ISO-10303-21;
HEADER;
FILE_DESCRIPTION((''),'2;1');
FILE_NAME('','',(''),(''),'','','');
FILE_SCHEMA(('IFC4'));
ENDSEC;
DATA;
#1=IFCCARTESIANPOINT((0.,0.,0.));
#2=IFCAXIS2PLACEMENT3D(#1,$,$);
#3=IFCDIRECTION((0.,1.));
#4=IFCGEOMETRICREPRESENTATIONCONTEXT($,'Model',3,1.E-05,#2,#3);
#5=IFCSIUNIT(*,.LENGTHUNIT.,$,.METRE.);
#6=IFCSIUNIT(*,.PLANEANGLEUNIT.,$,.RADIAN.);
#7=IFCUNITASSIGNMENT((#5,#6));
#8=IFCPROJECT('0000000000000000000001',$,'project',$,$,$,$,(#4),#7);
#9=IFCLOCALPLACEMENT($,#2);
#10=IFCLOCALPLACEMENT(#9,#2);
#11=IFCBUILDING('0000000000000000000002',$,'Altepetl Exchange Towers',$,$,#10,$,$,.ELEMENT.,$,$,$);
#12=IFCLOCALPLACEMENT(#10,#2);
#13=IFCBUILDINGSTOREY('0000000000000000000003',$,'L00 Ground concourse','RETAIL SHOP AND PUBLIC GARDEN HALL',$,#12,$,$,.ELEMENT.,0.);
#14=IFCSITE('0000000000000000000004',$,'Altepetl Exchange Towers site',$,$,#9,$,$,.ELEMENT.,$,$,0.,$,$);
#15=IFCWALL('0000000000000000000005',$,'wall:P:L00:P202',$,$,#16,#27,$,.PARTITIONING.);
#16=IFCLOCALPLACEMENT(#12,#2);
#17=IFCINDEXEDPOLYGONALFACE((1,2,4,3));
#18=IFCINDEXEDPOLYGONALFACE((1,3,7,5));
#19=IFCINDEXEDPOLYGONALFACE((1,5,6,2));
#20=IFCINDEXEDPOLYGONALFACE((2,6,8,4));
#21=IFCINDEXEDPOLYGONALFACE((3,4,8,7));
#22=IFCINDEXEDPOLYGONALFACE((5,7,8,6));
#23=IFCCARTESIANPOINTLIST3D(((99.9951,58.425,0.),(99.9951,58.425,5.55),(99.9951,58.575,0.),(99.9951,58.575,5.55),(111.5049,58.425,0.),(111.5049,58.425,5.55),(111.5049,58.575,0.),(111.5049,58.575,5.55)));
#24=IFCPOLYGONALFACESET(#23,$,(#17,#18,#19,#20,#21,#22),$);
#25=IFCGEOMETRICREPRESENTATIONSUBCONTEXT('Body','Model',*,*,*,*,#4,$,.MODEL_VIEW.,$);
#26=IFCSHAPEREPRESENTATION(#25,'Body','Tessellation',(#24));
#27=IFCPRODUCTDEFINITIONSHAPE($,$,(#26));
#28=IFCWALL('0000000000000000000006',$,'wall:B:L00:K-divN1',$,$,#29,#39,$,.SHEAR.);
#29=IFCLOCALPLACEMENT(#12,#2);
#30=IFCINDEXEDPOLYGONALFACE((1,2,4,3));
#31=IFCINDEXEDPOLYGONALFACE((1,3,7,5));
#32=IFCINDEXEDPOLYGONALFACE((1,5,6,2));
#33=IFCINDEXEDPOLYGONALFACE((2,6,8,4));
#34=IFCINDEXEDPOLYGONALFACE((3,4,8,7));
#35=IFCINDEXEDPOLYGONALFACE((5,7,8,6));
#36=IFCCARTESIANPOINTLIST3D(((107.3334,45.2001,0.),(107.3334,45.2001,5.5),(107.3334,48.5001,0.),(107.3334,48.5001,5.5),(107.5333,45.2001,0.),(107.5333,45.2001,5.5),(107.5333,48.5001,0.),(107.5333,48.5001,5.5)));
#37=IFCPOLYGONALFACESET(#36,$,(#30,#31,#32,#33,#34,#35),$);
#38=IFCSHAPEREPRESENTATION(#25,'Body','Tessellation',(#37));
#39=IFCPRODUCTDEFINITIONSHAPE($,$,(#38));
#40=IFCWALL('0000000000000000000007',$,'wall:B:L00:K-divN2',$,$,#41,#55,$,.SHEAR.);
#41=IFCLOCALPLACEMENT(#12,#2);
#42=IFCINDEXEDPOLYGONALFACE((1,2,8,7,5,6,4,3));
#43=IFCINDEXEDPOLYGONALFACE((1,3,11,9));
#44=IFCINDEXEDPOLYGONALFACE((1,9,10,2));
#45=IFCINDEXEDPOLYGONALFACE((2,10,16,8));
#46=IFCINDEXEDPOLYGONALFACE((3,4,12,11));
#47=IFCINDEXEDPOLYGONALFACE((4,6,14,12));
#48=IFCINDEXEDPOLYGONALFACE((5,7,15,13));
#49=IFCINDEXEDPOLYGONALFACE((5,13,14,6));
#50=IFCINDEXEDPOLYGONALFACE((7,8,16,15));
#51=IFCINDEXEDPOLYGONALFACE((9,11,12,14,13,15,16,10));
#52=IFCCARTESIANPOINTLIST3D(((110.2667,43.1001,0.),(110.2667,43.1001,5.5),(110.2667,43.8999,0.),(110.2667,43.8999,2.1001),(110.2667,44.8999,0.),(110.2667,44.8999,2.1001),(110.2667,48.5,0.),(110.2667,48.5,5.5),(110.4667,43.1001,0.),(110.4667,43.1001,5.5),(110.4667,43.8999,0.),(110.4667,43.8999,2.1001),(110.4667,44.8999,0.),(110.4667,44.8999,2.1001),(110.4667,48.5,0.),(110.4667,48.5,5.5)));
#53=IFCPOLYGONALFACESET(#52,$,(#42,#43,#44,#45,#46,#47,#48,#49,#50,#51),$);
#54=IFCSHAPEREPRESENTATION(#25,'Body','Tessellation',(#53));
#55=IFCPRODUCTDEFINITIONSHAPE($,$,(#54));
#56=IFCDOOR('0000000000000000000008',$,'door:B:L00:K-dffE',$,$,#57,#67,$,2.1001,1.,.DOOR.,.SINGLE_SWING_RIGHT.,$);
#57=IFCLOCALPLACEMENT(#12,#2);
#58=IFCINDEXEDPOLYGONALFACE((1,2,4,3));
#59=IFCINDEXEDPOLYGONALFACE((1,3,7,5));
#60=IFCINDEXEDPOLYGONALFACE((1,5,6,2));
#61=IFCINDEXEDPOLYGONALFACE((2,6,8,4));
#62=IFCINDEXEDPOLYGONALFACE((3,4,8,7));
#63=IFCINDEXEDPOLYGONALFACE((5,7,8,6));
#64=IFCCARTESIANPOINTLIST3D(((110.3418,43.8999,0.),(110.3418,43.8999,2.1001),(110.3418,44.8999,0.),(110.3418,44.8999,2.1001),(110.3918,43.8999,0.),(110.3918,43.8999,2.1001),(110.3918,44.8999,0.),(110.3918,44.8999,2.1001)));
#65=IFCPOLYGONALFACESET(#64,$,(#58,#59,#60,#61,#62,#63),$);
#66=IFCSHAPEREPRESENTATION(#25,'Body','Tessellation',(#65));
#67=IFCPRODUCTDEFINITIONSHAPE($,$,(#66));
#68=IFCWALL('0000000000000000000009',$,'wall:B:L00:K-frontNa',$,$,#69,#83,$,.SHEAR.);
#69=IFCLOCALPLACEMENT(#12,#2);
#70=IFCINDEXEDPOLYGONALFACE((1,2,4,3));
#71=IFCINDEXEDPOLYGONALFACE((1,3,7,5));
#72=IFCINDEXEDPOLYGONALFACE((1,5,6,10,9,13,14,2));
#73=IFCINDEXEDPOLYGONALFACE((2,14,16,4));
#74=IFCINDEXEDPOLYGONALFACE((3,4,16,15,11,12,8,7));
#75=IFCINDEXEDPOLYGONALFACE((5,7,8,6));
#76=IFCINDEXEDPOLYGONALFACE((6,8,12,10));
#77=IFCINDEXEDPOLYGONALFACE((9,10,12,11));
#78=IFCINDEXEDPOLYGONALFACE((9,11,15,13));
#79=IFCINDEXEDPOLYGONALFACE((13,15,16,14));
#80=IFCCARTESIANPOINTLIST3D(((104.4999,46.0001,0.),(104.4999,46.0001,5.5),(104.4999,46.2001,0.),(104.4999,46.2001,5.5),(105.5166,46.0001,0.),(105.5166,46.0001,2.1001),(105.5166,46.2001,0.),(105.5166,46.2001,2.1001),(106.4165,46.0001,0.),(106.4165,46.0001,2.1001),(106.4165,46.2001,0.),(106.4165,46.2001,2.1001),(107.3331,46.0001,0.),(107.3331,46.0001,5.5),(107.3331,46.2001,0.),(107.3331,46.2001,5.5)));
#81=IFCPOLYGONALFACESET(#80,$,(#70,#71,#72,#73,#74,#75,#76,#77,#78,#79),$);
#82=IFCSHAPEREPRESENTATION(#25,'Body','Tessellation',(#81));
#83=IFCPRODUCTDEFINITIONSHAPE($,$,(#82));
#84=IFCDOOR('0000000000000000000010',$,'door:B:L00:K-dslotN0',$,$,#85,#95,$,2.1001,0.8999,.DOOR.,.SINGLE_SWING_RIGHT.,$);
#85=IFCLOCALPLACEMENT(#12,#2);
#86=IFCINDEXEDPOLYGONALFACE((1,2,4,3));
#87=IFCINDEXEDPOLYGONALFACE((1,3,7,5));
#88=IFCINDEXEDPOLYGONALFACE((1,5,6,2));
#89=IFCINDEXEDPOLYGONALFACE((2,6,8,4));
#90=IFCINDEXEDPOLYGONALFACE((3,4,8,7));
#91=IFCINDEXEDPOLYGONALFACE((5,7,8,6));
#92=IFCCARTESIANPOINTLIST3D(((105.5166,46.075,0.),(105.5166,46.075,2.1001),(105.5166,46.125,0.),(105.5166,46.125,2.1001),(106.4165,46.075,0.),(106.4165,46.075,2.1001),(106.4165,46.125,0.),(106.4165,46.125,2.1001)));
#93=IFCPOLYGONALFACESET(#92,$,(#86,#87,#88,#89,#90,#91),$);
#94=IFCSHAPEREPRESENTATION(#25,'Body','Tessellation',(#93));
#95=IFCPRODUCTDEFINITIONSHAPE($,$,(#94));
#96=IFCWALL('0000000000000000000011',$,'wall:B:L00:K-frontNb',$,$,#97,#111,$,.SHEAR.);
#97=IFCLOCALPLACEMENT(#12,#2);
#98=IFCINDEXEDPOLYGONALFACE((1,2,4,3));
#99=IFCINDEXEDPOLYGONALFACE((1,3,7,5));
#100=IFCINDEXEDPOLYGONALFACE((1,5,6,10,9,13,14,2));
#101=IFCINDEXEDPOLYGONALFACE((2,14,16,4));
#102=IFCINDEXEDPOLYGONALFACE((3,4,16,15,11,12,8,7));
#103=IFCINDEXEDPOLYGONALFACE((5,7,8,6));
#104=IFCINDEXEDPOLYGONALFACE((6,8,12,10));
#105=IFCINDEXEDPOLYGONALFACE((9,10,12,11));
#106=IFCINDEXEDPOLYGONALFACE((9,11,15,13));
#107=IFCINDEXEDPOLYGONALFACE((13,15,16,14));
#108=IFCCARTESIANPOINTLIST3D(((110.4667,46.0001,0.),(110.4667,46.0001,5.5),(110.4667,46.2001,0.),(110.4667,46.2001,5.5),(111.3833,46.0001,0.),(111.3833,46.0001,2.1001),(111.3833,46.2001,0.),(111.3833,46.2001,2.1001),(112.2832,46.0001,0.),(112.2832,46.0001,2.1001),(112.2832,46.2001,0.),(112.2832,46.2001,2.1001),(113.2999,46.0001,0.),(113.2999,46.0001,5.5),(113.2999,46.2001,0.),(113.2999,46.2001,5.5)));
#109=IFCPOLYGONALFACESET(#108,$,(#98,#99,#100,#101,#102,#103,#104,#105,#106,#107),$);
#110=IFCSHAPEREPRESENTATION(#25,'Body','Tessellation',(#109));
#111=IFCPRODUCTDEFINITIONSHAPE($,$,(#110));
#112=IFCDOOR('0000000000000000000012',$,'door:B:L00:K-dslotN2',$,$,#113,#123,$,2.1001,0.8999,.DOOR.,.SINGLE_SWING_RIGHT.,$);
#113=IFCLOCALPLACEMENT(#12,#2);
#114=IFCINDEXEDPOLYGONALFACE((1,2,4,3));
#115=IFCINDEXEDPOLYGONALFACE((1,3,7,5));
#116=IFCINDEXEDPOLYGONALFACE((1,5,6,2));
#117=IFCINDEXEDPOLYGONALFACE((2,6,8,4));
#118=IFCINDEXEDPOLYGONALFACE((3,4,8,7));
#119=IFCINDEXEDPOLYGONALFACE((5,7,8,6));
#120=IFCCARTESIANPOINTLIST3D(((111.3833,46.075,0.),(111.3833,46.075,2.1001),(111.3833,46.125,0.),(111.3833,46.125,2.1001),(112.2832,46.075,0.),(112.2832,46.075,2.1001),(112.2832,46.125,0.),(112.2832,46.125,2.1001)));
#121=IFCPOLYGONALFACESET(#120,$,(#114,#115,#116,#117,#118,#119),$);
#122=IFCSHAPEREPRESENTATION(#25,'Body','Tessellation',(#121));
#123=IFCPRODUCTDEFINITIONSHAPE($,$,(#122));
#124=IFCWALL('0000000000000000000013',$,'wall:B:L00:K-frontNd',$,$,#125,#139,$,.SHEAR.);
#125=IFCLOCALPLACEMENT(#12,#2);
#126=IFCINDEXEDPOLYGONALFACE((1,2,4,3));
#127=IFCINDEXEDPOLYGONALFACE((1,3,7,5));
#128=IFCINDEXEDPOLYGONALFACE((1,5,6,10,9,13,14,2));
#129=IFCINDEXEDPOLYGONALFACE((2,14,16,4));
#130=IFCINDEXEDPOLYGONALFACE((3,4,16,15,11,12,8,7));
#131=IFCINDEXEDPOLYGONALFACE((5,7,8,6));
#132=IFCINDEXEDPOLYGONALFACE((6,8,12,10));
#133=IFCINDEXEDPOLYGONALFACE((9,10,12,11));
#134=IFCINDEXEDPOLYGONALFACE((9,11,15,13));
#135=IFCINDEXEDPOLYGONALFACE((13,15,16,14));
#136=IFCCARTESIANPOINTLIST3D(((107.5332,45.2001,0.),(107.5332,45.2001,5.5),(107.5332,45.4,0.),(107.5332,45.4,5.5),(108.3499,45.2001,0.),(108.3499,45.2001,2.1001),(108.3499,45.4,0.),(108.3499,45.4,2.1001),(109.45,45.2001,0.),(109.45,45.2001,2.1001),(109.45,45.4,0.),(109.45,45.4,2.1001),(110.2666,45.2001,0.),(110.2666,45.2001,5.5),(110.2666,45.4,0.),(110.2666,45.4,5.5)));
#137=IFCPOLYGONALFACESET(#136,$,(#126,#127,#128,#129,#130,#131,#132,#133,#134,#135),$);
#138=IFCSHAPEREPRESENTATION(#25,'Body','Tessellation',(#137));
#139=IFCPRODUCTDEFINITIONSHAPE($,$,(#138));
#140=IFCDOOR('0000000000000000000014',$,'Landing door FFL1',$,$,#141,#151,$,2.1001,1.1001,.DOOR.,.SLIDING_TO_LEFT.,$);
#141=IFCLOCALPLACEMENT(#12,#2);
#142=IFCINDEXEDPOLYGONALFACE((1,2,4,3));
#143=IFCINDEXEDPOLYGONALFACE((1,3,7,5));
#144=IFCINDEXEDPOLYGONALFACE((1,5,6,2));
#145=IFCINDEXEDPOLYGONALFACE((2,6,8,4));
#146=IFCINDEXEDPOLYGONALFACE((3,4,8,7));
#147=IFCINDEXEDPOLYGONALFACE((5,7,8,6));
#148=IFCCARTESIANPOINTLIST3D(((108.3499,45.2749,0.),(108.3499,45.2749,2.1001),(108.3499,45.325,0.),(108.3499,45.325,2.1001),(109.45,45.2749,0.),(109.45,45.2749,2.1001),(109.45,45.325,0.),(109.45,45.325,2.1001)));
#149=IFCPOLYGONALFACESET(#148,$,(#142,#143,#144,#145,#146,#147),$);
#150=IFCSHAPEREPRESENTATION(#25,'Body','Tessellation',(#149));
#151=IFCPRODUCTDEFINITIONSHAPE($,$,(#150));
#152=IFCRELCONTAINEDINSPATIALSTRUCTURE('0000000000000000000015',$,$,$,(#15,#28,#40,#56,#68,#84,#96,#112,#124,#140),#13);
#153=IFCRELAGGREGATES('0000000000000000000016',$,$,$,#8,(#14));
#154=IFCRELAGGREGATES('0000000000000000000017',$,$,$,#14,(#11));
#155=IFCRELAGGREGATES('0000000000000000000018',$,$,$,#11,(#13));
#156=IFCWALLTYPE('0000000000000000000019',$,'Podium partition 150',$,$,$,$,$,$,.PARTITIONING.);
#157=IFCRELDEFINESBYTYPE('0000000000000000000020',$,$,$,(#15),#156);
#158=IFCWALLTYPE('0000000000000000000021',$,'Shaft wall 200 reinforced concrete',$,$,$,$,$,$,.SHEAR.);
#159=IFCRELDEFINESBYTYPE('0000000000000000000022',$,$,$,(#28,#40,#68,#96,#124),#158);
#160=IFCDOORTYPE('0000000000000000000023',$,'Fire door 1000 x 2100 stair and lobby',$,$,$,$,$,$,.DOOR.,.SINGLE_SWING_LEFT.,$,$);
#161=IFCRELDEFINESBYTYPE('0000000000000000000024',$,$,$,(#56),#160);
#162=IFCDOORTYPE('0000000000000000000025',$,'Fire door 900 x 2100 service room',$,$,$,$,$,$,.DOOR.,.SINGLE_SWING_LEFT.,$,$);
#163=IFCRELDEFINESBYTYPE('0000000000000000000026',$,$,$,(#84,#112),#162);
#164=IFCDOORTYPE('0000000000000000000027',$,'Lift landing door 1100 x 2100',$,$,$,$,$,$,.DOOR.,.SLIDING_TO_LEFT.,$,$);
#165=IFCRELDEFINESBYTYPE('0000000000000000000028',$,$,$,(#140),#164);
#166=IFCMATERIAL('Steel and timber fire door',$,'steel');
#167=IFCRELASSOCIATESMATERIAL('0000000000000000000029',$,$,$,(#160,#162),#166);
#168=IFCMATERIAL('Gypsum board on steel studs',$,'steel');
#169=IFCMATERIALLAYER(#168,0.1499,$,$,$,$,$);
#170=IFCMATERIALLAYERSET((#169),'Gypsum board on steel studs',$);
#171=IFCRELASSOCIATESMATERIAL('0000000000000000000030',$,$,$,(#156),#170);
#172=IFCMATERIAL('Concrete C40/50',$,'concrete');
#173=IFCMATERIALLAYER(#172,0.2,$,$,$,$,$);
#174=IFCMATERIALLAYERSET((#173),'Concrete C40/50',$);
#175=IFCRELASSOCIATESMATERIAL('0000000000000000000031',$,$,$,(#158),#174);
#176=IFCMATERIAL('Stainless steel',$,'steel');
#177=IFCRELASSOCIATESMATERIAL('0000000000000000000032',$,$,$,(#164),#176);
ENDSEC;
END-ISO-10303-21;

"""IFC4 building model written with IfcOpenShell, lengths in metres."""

from ifc_helpers import new_model, si_unit, direction, frame, frame_2d, origin, place, context, subcontext, project, spatial, rectangle, extrude, material, layer, layer_set, type_object, element, fill, save


model = new_model("IFC4")

# Units and contexts
model_context = context("Model", 3, precision=1e-05, world=origin(), true_north=direction((0.0, 1.0)))
body_context = subcontext(model_context, "Body", "Model", "MODEL_VIEW")
ifc_project = project(units=[si_unit("LENGTHUNIT", "METRE"), si_unit("PLANEANGLEUNIT", "RADIAN")], contexts=[model_context])

# Site, building, storey
site_placement = place(None, origin())
site = spatial("IfcSite", under=ifc_project, at=site_placement, Name="Altepetl Exchange Towers site", CompositionType="ELEMENT", RefElevation=0.0)
building_placement = place(site_placement, origin())
building = spatial("IfcBuilding", under=site, at=building_placement, Name="Altepetl Exchange Towers", CompositionType="ELEMENT")
storey_placement = place(building_placement, origin())
storey = spatial("IfcBuildingStorey", under=building, at=storey_placement, Name="L00 Ground concourse", Description="RETAIL SHOP AND PUBLIC GARDEN HALL", CompositionType="ELEMENT", Elevation=0.0)

# Shared definitions
ifc_material_1 = material(Name="Steel and timber fire door", Category="steel")
door_type_1 = type_object("IfcDoorType", Name="Fire door 1000 x 2100 stair and lobby", OperationType="SINGLE_SWING_LEFT", PredefinedType="DOOR", material=ifc_material_1)
door_type_2 = type_object("IfcDoorType", Name="Fire door 900 x 2100 service room", OperationType="SINGLE_SWING_LEFT", PredefinedType="DOOR", material=ifc_material_1)

# Shared definitions
ifc_material_2 = material(Name="Gypsum board on steel studs", Category="steel")
ifc_layer_1 = layer(ifc_material_2, 0.1499)
ifc_layer_set_1 = layer_set([ifc_layer_1], Name="Gypsum board on steel studs")
wall_type_1 = type_object("IfcWallType", Name="Podium partition 150", PredefinedType="PARTITIONING", material=ifc_layer_set_1)

# Walls
wall_1_placement = place(storey_placement, frame((99.9951, 58.5, 0.0)))
element("IfcWall", 1, at=wall_1_placement, inside=storey, type_object=wall_type_1, Name="wall:P:L00:P202", PredefinedType="PARTITIONING", context=body_context, shape_type="SweptSolid", body=[
    extrude(rectangle(XDim=11.5098, YDim=0.1499, at=frame_2d((5.7549, 0.0))), origin(), (0.0, 0.0, 1.0), 5.55),
])
ifc_material_3 = material(Name="Concrete C40/50", Category="concrete")
ifc_layer_2 = layer(ifc_material_3, 0.2)
ifc_layer_set_2 = layer_set([ifc_layer_2], Name="Concrete C40/50")
wall_type_2 = type_object("IfcWallType", Name="Shaft wall 200 reinforced concrete", PredefinedType="SHEAR", material=ifc_layer_set_2)
wall_2_placement = place(storey_placement, frame((107.4333, 48.5, 0.0), z_axis=(0.0, 0.0, 1.0), x_axis=(0.0, -1.0, 0.0)))
element("IfcWall", 2, at=wall_2_placement, inside=storey, type_object=wall_type_2, Name="wall:B:L00:K-divN1", PredefinedType="SHEAR", context=body_context, shape_type="SweptSolid", body=[
    extrude(rectangle(XDim=3.3, YDim=0.2, at=frame_2d((1.6499, 0.0))), origin(), (0.0, 0.0, 1.0), 5.5),
])

# Walls, openings, doors
wall_3_placement = place(storey_placement, frame((110.3667, 48.5, 0.0), z_axis=(0.0, 0.0, 1.0), x_axis=(0.0, -1.0, 0.0)))
wall_3 = element("IfcWall", 3, at=wall_3_placement, inside=storey, type_object=wall_type_2, Name="wall:B:L00:K-divN2", PredefinedType="SHEAR", context=body_context, shape_type="SweptSolid", body=[
    extrude(rectangle(XDim=5.3999, YDim=0.2, at=frame_2d((2.7, 0.0))), origin(), (0.0, 0.0, 1.0), 5.5),
])
opening_1_placement = place(wall_3_placement, frame((3.6001, 0.0, 0.0)))
opening_1 = element("IfcOpeningElement", 4, at=opening_1_placement, cuts=wall_3, PredefinedType="OPENING", context=body_context, shape_type="SweptSolid", body=[
    extrude(rectangle(XDim=1.0, YDim=2.1001, at=frame_2d((0.5, 1.05))), frame((0.0, 0.1099, 0.0), z_axis=(0.0, -1.0, 0.0), x_axis=(1.0, 0.0, 0.0)), (0.0, 0.0, 1.0), 0.22),
])
door_1_placement = place(opening_1_placement, frame((1.0, 0.0, 0.0), x_axis=(-1.0, 0.0, 0.0)))
door_1 = element("IfcDoor", 5, at=door_1_placement, inside=storey, type_object=door_type_1, Name="door:B:L00:K-dffE", OperationType="SINGLE_SWING_RIGHT", OverallHeight=2.1001, OverallWidth=1.0, PredefinedType="DOOR", context=body_context, shape_type="SweptSolid", body=[
    extrude(rectangle(XDim=1.0, YDim=2.1001, at=frame_2d((0.5, 1.05))), frame((0.0, 0.0249, 0.0), z_axis=(0.0, -1.0, 0.0), x_axis=(1.0, 0.0, 0.0)), (0.0, 0.0, 1.0), 0.05),
])
fill(opening_1, door_1)
wall_4_placement = place(storey_placement, frame((104.5, 46.1001, 0.0)))
wall_4 = element("IfcWall", 6, at=wall_4_placement, inside=storey, type_object=wall_type_2, Name="wall:B:L00:K-frontNa", PredefinedType="SHEAR", context=body_context, shape_type="SweptSolid", body=[
    extrude(rectangle(XDim=2.8333, YDim=0.2, at=frame_2d((1.4165, 0.0))), origin(), (0.0, 0.0, 1.0), 5.5),
])
opening_2_placement = place(wall_4_placement, frame((1.0166, 0.0, 0.0)))
opening_2 = element("IfcOpeningElement", 7, at=opening_2_placement, cuts=wall_4, PredefinedType="OPENING", context=body_context, shape_type="SweptSolid", body=[
    extrude(rectangle(XDim=0.8999, YDim=2.1001, at=frame_2d((0.45, 1.05))), frame((0.0, 0.1099, 0.0), z_axis=(0.0, -1.0, 0.0), x_axis=(1.0, 0.0, 0.0)), (0.0, 0.0, 1.0), 0.22),
])
door_2_placement = place(opening_2_placement, origin())
door_2 = element("IfcDoor", 8, at=door_2_placement, inside=storey, type_object=door_type_2, Name="door:B:L00:K-dslotN0", OperationType="SINGLE_SWING_RIGHT", OverallHeight=2.1001, OverallWidth=0.8999, PredefinedType="DOOR", context=body_context, shape_type="SweptSolid", body=[
    extrude(rectangle(XDim=0.8999, YDim=2.1001, at=frame_2d((0.45, 1.05))), frame((0.0, 0.0249, 0.0), z_axis=(0.0, -1.0, 0.0), x_axis=(1.0, 0.0, 0.0)), (0.0, 0.0, 1.0), 0.05),
])
fill(opening_2, door_2)
wall_5_placement = place(storey_placement, frame((110.4668, 46.1001, 0.0)))
wall_5 = element("IfcWall", 9, at=wall_5_placement, inside=storey, type_object=wall_type_2, Name="wall:B:L00:K-frontNb", PredefinedType="SHEAR", context=body_context, shape_type="SweptSolid", body=[
    extrude(rectangle(XDim=2.8333, YDim=0.2, at=frame_2d((1.4165, 0.0))), origin(), (0.0, 0.0, 1.0), 5.5),
])
opening_3_placement = place(wall_5_placement, frame((0.9165, 0.0, 0.0)))
opening_3 = element("IfcOpeningElement", 10, at=opening_3_placement, cuts=wall_5, PredefinedType="OPENING", context=body_context, shape_type="SweptSolid", body=[
    extrude(rectangle(XDim=0.8999, YDim=2.1001, at=frame_2d((0.45, 1.05))), frame((0.0, 0.1099, 0.0), z_axis=(0.0, -1.0, 0.0), x_axis=(1.0, 0.0, 0.0)), (0.0, 0.0, 1.0), 0.22),
])
door_3_placement = place(opening_3_placement, origin())
door_3 = element("IfcDoor", 11, at=door_3_placement, inside=storey, type_object=door_type_2, Name="door:B:L00:K-dslotN2", OperationType="SINGLE_SWING_RIGHT", OverallHeight=2.1001, OverallWidth=0.8999, PredefinedType="DOOR", context=body_context, shape_type="SweptSolid", body=[
    extrude(rectangle(XDim=0.8999, YDim=2.1001, at=frame_2d((0.45, 1.05))), frame((0.0, 0.0249, 0.0), z_axis=(0.0, -1.0, 0.0), x_axis=(1.0, 0.0, 0.0)), (0.0, 0.0, 1.0), 0.05),
])
fill(opening_3, door_3)
wall_6_placement = place(storey_placement, frame((107.5332, 45.3, 0.0)))
wall_6 = element("IfcWall", 12, at=wall_6_placement, inside=storey, type_object=wall_type_2, Name="wall:B:L00:K-frontNd", PredefinedType="SHEAR", context=body_context, shape_type="SweptSolid", body=[
    extrude(rectangle(XDim=2.7334, YDim=0.2, at=frame_2d((1.3667, 0.0))), origin(), (0.0, 0.0, 1.0), 5.5),
])
opening_4_placement = place(wall_6_placement, frame((0.8167, 0.0, 0.0)))
opening_4 = element("IfcOpeningElement", 13, at=opening_4_placement, cuts=wall_6, PredefinedType="OPENING", context=body_context, shape_type="SweptSolid", body=[
    extrude(rectangle(XDim=1.1001, YDim=2.1001, at=frame_2d((0.55, 1.05))), frame((0.0, 0.1099, 0.0), z_axis=(0.0, -1.0, 0.0), x_axis=(1.0, 0.0, 0.0)), (0.0, 0.0, 1.0), 0.22),
])
ifc_material_4 = material(Name="Stainless steel", Category="steel")
door_type_3 = type_object("IfcDoorType", Name="Lift landing door 1100 x 2100", OperationType="SLIDING_TO_LEFT", PredefinedType="DOOR", material=ifc_material_4)
door_4_placement = place(opening_4_placement, origin())
door_4 = element("IfcDoor", 14, at=door_4_placement, inside=storey, type_object=door_type_3, Name="Landing door FFL1", OperationType="SLIDING_TO_LEFT", OverallHeight=2.1001, OverallWidth=1.1001, PredefinedType="DOOR", context=body_context, shape_type="SweptSolid", body=[
    extrude(rectangle(XDim=1.1001, YDim=2.1001, at=frame_2d((0.55, 1.05))), frame((0.0, 0.0249, 0.0), z_axis=(0.0, -1.0, 0.0), x_axis=(1.0, 0.0, 0.0)), (0.0, 0.0, 1.0), 0.05),
])
fill(opening_4, door_4)

save(model, "model.ifc")
